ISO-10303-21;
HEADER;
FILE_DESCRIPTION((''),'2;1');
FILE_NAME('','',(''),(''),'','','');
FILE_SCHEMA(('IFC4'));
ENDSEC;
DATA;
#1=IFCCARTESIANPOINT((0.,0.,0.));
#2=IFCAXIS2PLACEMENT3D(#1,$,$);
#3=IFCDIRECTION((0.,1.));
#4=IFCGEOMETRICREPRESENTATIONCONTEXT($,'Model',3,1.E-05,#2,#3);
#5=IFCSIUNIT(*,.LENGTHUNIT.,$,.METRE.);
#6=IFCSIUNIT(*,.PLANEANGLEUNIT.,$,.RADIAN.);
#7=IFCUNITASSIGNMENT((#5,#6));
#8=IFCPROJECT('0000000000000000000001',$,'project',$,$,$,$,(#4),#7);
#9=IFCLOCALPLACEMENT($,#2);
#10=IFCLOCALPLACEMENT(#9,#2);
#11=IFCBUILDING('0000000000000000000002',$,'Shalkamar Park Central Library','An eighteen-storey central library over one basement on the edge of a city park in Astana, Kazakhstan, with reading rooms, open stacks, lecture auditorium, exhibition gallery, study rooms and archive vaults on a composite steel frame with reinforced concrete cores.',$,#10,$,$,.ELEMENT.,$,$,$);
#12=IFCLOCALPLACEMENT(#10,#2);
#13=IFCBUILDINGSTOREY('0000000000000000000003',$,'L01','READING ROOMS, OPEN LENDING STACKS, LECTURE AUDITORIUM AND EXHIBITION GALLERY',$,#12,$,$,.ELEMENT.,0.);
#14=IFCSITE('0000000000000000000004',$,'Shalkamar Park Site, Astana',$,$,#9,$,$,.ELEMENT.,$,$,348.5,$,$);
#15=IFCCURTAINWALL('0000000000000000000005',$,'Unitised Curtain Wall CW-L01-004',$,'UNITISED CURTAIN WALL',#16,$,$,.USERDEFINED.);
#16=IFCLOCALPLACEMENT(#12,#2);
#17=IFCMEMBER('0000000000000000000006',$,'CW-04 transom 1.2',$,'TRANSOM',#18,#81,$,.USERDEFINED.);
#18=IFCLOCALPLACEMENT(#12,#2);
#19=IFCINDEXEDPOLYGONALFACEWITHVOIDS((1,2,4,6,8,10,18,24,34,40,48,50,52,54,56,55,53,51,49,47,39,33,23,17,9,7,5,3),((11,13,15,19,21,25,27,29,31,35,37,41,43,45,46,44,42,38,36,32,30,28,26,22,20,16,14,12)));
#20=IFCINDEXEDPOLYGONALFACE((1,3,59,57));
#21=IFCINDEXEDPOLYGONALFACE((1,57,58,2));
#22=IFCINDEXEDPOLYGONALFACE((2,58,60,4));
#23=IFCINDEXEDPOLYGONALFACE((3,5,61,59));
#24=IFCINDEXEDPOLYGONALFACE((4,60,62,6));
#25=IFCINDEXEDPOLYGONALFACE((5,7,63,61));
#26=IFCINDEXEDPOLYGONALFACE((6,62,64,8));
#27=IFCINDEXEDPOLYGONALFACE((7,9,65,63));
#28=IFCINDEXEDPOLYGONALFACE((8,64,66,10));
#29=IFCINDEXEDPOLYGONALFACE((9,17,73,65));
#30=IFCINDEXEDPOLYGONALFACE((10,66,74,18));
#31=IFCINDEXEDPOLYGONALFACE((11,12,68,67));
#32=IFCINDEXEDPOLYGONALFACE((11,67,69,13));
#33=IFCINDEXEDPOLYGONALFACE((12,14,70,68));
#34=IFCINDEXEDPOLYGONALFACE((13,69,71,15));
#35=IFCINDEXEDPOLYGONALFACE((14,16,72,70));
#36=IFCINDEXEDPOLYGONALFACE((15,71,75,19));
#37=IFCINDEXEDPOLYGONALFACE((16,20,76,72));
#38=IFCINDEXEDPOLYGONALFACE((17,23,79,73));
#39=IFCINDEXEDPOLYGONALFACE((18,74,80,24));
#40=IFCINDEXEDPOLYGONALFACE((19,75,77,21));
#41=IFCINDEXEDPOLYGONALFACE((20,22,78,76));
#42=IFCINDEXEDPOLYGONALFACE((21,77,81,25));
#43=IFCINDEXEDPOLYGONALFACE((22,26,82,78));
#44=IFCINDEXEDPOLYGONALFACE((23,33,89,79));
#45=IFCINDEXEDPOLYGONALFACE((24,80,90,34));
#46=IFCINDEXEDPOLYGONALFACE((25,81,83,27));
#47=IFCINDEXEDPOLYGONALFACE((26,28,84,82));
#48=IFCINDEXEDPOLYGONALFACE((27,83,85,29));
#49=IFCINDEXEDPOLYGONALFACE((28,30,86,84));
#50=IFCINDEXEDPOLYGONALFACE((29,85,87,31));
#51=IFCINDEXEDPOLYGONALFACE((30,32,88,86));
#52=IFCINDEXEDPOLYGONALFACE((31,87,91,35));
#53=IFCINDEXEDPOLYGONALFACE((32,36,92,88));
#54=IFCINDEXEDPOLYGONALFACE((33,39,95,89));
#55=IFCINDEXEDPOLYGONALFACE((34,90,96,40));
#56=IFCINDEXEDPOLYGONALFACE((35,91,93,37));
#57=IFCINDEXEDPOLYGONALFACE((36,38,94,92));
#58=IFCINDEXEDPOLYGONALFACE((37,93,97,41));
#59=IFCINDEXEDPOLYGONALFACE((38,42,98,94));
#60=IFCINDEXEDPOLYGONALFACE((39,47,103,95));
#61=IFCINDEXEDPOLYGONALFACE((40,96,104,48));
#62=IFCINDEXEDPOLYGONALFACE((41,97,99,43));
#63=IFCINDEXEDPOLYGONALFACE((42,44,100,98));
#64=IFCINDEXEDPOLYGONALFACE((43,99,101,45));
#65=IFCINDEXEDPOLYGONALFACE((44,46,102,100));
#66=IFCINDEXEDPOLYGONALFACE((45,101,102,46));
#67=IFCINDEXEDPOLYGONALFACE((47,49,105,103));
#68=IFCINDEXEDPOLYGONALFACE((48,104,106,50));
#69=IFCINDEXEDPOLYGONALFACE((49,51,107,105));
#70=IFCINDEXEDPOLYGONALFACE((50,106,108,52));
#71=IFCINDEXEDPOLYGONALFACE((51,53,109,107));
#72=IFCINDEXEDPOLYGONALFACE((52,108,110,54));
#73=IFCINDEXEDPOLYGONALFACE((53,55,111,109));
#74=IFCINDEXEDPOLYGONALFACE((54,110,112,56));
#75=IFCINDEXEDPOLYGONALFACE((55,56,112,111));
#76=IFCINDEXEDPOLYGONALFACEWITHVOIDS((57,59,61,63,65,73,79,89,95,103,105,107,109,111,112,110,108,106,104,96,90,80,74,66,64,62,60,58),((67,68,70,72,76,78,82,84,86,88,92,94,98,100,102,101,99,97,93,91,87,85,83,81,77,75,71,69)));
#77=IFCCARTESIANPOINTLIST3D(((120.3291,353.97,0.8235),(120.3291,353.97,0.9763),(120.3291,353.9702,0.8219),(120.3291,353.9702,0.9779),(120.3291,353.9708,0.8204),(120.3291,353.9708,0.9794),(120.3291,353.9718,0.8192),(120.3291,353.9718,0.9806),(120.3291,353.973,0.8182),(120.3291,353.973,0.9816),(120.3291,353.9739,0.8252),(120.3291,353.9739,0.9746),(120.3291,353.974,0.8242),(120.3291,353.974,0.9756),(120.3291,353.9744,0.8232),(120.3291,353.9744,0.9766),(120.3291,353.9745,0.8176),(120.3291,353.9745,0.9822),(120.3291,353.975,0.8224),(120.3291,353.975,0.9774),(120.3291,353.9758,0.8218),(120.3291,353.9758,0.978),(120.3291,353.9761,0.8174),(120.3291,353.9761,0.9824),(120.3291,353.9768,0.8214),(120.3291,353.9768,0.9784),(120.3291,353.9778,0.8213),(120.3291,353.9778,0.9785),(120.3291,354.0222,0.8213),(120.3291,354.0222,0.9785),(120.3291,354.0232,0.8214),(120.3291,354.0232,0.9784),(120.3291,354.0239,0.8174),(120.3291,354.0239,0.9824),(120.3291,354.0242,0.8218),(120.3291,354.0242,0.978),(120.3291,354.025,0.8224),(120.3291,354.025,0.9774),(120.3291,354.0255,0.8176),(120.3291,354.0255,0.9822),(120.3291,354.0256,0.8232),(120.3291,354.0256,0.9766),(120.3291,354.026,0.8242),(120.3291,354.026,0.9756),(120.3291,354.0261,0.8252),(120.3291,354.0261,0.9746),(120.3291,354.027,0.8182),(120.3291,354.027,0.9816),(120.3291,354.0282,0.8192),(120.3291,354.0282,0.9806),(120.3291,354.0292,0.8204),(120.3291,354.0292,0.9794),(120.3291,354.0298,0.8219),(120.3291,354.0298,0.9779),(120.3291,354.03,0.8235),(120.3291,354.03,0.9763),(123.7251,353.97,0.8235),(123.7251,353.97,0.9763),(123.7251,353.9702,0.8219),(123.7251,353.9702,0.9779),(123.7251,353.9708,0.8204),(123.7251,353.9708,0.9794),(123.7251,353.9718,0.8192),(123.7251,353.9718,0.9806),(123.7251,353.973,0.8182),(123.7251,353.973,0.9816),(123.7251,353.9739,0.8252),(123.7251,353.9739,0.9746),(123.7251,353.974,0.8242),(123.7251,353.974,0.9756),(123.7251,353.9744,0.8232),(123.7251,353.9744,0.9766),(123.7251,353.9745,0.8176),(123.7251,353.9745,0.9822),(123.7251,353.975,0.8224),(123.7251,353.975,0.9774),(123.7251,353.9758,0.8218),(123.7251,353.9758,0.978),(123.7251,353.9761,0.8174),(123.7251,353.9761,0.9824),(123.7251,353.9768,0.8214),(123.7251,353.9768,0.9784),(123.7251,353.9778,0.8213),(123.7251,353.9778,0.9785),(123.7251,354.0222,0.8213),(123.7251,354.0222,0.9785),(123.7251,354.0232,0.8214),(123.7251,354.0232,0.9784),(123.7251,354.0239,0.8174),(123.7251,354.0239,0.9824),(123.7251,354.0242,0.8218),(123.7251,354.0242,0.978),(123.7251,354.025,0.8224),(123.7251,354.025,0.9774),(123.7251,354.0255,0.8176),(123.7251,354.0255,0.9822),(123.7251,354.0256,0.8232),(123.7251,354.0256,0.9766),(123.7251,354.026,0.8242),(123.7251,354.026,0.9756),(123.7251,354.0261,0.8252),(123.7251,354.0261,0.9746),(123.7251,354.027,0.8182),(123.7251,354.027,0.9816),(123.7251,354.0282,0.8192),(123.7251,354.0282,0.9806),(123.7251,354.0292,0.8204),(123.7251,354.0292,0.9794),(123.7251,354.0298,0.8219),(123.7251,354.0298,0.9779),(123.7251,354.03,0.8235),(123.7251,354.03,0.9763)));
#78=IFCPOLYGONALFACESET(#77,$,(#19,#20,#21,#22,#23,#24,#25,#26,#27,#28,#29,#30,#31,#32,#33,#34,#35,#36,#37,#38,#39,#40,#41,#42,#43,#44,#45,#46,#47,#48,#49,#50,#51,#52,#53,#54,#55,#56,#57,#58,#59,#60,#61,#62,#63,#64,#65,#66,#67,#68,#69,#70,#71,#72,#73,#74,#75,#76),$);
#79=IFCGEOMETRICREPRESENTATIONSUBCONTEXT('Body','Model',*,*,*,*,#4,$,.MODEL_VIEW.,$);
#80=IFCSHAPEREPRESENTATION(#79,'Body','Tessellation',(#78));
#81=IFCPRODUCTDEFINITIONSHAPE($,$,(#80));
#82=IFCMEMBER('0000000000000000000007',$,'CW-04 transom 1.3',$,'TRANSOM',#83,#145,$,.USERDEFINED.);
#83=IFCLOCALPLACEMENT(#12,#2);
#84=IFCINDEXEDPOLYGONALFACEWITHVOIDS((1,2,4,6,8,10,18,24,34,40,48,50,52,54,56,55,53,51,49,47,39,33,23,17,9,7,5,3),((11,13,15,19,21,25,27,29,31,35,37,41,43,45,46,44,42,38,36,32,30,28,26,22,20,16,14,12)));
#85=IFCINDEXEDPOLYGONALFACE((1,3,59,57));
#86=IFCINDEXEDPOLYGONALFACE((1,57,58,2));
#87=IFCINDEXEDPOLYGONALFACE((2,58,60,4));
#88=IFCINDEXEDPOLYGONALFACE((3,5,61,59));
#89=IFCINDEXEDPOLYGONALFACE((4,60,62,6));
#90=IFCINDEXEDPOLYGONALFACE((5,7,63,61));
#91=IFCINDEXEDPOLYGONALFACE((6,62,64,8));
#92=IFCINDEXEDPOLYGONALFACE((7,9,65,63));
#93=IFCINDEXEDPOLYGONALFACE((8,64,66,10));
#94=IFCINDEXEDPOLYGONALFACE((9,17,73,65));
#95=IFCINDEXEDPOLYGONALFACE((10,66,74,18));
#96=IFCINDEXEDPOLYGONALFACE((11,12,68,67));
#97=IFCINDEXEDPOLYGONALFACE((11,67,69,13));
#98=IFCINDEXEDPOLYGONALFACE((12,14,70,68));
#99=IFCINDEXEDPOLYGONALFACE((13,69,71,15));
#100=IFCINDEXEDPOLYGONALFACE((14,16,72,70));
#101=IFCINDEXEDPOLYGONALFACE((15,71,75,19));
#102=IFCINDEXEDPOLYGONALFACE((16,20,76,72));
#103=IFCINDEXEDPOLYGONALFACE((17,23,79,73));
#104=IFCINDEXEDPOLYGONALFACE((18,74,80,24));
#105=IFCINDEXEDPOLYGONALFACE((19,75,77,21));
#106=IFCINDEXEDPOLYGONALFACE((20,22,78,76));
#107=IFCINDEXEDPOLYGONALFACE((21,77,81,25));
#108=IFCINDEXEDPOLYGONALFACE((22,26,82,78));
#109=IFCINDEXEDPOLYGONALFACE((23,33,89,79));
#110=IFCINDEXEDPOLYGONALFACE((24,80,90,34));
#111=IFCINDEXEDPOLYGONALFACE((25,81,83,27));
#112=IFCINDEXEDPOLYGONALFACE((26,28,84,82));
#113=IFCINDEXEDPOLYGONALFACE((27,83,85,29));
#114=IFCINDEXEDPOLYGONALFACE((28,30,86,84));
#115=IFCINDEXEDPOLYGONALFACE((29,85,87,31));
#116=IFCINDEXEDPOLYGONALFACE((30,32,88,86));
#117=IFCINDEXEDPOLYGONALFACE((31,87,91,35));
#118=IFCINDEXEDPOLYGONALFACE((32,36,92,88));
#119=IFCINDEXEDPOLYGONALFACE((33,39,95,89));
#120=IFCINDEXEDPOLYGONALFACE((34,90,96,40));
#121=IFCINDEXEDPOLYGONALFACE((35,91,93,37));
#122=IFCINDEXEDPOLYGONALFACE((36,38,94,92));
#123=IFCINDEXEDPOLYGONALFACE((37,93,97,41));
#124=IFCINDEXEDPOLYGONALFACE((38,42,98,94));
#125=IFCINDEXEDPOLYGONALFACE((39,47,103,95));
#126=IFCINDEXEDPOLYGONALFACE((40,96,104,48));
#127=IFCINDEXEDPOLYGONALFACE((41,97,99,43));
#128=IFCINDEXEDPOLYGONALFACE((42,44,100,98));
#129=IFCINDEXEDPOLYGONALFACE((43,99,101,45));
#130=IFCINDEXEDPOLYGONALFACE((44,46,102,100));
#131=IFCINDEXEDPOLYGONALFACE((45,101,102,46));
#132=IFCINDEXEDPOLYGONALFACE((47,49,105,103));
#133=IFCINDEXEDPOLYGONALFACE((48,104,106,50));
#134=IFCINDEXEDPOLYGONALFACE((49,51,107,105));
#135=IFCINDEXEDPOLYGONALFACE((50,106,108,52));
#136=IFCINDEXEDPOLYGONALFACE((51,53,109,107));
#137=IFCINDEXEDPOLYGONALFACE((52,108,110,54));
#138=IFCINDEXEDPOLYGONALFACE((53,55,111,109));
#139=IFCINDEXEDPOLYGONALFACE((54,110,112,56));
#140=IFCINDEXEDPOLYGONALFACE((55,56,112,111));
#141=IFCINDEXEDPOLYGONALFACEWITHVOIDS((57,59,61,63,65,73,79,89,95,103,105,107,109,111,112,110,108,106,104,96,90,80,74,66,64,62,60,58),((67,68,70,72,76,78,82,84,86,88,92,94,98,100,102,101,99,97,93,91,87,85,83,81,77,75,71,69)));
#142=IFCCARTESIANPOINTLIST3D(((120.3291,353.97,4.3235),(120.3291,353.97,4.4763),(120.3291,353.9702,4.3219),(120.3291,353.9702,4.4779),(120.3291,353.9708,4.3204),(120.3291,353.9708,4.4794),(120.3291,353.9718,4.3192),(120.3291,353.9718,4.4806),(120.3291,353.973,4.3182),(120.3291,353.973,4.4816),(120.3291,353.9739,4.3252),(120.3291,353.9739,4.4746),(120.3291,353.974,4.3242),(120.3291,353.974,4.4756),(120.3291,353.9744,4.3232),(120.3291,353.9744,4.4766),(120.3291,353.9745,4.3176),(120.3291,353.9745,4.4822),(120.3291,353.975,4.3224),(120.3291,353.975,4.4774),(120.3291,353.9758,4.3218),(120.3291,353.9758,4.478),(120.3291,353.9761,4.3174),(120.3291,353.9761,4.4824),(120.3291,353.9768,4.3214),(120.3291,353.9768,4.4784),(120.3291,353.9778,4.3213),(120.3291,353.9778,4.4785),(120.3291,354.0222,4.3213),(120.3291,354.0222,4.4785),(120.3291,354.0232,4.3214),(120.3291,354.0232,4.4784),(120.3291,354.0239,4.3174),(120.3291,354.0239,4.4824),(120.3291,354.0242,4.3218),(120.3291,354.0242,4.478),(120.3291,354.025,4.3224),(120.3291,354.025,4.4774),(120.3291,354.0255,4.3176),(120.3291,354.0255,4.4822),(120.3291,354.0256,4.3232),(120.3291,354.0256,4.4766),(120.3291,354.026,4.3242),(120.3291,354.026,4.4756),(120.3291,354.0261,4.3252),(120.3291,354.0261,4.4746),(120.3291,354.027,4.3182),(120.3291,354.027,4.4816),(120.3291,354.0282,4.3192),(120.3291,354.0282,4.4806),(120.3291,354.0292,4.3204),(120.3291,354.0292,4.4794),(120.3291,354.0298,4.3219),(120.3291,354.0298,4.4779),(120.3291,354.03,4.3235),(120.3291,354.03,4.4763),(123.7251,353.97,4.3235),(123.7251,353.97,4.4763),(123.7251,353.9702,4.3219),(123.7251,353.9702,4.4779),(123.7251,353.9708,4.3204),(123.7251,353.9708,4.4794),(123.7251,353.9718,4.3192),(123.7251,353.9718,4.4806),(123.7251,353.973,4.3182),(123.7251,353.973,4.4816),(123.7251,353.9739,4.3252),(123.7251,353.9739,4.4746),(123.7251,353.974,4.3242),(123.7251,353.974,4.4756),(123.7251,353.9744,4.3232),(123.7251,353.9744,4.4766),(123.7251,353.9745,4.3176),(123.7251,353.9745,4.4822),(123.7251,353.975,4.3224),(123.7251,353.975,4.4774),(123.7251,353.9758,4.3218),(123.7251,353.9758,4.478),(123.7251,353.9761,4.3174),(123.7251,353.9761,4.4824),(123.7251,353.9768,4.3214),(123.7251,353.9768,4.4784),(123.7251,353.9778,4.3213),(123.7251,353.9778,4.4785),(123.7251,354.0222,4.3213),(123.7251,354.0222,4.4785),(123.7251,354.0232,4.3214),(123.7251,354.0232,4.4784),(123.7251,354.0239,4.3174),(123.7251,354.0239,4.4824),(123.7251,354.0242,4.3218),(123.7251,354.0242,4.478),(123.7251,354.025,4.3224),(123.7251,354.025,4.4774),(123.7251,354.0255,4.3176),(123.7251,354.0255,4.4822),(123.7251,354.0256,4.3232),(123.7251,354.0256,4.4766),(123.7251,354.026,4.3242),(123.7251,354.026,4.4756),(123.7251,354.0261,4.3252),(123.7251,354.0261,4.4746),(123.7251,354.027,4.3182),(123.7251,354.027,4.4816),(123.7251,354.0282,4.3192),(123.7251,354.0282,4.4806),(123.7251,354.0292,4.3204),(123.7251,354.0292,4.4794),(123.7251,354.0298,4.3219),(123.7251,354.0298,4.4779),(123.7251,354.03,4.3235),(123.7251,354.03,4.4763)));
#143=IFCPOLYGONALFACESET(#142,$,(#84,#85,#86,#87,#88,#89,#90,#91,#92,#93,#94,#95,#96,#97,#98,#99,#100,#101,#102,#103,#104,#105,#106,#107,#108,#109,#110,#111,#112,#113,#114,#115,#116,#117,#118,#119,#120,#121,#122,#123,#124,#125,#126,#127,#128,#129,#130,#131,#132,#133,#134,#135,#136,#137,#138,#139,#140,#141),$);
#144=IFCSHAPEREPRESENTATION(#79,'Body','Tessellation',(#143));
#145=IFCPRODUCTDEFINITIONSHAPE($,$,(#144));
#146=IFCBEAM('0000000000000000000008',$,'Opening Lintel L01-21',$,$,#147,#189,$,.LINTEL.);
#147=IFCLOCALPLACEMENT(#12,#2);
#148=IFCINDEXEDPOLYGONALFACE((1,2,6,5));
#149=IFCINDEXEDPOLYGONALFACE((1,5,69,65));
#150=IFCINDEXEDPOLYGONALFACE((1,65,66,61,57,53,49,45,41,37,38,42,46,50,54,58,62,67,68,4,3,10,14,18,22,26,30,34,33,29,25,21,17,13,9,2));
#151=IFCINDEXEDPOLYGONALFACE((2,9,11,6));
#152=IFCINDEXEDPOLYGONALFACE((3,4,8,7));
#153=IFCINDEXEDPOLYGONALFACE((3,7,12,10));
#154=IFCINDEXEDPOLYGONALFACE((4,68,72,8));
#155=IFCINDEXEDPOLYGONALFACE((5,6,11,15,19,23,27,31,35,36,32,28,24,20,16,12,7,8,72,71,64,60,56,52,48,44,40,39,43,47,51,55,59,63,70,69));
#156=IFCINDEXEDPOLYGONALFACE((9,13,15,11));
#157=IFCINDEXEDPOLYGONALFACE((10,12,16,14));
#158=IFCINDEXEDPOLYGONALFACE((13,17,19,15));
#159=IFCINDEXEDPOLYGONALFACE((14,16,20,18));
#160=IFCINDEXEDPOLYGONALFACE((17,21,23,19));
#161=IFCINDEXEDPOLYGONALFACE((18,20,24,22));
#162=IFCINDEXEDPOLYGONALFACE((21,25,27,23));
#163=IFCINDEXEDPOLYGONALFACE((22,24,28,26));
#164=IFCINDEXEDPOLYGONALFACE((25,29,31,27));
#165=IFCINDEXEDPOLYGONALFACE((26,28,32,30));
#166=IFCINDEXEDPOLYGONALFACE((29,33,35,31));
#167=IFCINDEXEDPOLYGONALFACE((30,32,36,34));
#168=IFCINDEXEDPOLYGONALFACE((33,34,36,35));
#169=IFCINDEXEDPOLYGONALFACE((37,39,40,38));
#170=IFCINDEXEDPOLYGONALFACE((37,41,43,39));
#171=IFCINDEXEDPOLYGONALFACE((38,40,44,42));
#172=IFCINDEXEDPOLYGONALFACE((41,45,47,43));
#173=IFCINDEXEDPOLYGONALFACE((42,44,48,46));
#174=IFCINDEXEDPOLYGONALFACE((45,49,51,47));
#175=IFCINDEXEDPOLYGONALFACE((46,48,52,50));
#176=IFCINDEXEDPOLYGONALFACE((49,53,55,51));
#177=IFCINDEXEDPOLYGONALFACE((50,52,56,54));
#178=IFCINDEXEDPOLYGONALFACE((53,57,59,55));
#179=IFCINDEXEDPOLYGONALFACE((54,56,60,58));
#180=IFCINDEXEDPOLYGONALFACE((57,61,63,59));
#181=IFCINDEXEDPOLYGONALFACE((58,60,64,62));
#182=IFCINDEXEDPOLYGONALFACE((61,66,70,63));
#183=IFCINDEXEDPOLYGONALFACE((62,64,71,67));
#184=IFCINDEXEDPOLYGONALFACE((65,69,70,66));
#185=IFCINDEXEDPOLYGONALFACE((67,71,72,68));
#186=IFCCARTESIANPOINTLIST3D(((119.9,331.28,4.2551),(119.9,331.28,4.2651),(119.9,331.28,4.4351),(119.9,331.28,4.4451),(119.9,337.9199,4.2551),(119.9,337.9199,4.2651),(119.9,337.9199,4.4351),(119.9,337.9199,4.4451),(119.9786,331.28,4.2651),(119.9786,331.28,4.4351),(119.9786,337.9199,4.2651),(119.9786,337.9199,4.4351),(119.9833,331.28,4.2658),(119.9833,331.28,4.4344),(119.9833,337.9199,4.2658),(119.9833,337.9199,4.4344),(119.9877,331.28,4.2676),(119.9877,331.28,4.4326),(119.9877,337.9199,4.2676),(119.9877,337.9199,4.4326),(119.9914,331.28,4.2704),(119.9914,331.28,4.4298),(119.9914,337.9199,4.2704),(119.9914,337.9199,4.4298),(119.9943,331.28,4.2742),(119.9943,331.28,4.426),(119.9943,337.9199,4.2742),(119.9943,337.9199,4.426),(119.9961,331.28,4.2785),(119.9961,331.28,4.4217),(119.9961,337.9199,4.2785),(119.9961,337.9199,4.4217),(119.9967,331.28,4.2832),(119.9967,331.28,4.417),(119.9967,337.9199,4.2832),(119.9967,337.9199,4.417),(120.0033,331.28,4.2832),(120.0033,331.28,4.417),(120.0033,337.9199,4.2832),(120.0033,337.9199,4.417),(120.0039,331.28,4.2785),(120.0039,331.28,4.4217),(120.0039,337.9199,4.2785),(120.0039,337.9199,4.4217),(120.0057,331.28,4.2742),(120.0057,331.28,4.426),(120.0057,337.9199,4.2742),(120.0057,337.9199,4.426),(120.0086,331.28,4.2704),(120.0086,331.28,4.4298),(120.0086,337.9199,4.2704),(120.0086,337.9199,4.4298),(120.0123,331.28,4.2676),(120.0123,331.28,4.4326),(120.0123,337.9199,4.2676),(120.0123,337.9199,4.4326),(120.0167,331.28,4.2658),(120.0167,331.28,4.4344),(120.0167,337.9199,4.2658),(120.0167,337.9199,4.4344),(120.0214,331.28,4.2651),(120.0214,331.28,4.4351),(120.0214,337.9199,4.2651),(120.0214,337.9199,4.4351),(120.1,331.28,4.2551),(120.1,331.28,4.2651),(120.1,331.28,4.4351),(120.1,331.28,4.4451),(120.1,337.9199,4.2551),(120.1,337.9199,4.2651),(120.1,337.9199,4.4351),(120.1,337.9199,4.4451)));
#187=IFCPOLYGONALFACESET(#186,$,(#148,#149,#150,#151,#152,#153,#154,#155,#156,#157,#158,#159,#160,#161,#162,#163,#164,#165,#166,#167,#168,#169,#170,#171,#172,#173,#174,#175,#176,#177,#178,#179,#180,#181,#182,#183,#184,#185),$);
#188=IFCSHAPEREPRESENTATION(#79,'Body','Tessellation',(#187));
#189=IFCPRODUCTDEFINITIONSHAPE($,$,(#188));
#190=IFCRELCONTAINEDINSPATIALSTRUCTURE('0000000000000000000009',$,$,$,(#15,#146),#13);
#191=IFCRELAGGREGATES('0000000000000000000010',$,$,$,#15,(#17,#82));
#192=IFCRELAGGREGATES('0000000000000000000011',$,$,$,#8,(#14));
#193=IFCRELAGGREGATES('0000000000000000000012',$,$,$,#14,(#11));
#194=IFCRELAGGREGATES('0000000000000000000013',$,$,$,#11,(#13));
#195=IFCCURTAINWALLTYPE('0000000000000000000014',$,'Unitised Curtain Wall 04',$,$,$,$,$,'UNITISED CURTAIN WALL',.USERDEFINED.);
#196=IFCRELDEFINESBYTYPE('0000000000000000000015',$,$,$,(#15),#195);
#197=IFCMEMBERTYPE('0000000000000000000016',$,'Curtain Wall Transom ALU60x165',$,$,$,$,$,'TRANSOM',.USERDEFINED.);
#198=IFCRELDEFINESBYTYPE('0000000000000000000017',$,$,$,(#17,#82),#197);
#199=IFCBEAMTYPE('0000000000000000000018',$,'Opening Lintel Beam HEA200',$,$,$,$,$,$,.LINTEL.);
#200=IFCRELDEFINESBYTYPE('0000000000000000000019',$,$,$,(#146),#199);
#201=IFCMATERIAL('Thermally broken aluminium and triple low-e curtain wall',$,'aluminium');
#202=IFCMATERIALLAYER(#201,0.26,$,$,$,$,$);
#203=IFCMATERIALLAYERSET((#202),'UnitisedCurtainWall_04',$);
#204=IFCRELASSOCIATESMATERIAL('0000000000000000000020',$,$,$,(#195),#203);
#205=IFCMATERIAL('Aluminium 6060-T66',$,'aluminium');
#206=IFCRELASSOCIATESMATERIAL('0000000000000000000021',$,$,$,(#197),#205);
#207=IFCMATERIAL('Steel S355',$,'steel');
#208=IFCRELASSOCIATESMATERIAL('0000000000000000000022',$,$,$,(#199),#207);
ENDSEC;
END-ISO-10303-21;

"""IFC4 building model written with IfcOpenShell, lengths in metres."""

from ifc_helpers import new_model, si_unit, direction, frame, origin, origin_2d, place, context, subcontext, project, spatial, hollow_rectangle, i_section, extrude, material, layer, layer_set, material_profile, profile_set, type_object, element, aggregate, save


model = new_model("IFC4")

# Units and contexts
model_context = context("Model", 3, precision=1e-05, world=origin(), true_north=direction((0.0, 1.0)))
body_context = subcontext(model_context, "Body", "Model", "MODEL_VIEW")
ifc_project = project(units=[si_unit("LENGTHUNIT", "METRE"), si_unit("PLANEANGLEUNIT", "RADIAN")], contexts=[model_context])

# Site, building, storey
site_placement = place(None, origin())
site = spatial("IfcSite", under=ifc_project, at=site_placement, Name="Shalkamar Park Site, Astana", CompositionType="ELEMENT", RefElevation=348.5)
building_placement = place(site_placement, origin())
building = spatial("IfcBuilding", under=site, at=building_placement, Name="Shalkamar Park Central Library", Description="An eighteen-storey central library over one basement on the edge of a city park in Astana, Kazakhstan, with reading rooms, open stacks, lecture auditorium, exhibition gallery, study rooms and archive vaults on a composite steel frame with reinforced concrete cores.", CompositionType="ELEMENT")
storey_placement = place(building_placement, origin())
storey = spatial("IfcBuildingStorey", under=building, at=storey_placement, Name="L01", Description="READING ROOMS, OPEN LENDING STACKS, LECTURE AUDITORIUM AND EXHIBITION GALLERY", CompositionType="ELEMENT", Elevation=0.0)

# Shared definitions
ifc_material_1 = material(Name="Steel S355", Category="steel")

# Curtain wall, members
ifc_material_2 = material(Name="Thermally broken aluminium and triple low-e curtain wall", Category="aluminium")
ifc_layer_1 = layer(ifc_material_2, 0.26)
ifc_layer_set_1 = layer_set([ifc_layer_1], Name="UnitisedCurtainWall_04")
curtain_wall_type = type_object("IfcCurtainWallType", Name="Unitised Curtain Wall 04", ElementType="UNITISED CURTAIN WALL", PredefinedType="USERDEFINED", material=ifc_layer_set_1)
curtain_wall_placement = place(storey_placement, origin())
curtain_wall = element("IfcCurtainWall", 1, at=curtain_wall_placement, inside=storey, type_object=curtain_wall_type, Name="Unitised Curtain Wall CW-L01-004", ObjectType="UNITISED CURTAIN WALL", PredefinedType="USERDEFINED")
ifc_material_3 = material(Name="Aluminium 6060-T66", Category="aluminium")
ifc_material_profile_1 = material_profile(ifc_material_3, hollow_rectangle(XDim=0.0601, YDim=0.165, WallThickness=0.0039, InnerFilletRadius=0.0039, OuterFilletRadius=0.0061, at=origin_2d()), Name="ALU 60x165x4")
ifc_profile_set_1 = profile_set([ifc_material_profile_1], Name="Aluminium 6060-T66")
member_type_1 = type_object("IfcMemberType", Name="Curtain Wall Transom ALU60x165", ElementType="TRANSOM", PredefinedType="USERDEFINED", material=ifc_profile_set_1)
member_1_placement = place(storey_placement, frame((120.3291, 354.0, 0.8999), z_axis=(1.0, 0.0, 0.0), x_axis=(0.0, 1.0, 0.0)))
member_1 = element("IfcMember", 2, at=member_1_placement, type_object=member_type_1, Name="CW-04 transom 1.2", ObjectType="TRANSOM", PredefinedType="USERDEFINED", context=body_context, shape_type="SweptSolid", body=[
    extrude(hollow_rectangle(XDim=0.0601, YDim=0.165, WallThickness=0.0039, InnerFilletRadius=0.0039, OuterFilletRadius=0.0061, at=origin_2d()), origin(), (0.0, 0.0, 1.0), 3.396),
])
member_2_placement = place(storey_placement, frame((120.3291, 354.0, 4.3999), z_axis=(1.0, 0.0, 0.0), x_axis=(0.0, 1.0, 0.0)))
member_2 = element("IfcMember", 3, at=member_2_placement, type_object=member_type_1, Name="CW-04 transom 1.3", ObjectType="TRANSOM", PredefinedType="USERDEFINED", context=body_context, shape_type="SweptSolid", body=[
    extrude(hollow_rectangle(XDim=0.0601, YDim=0.165, WallThickness=0.0039, InnerFilletRadius=0.0039, OuterFilletRadius=0.0061, at=origin_2d()), origin(), (0.0, 0.0, 1.0), 3.396),
])
aggregate(curtain_wall, [member_1, member_2])

# Beam
ifc_material_profile_2 = material_profile(ifc_material_1, i_section(OverallWidth=0.2, OverallDepth=0.1899, WebThickness=0.0066, FlangeThickness=0.01, FilletRadius=0.0181, at=origin_2d()), Name="HEA 200")
ifc_profile_set_2 = profile_set([ifc_material_profile_2], Name="Steel S355")
beam_type_1 = type_object("IfcBeamType", Name="Opening Lintel Beam HEA200", PredefinedType="LINTEL", material=ifc_profile_set_2)
beam_1_placement = place(storey_placement, frame((120.0, 331.28, 4.3501), z_axis=(0.0, 1.0, 0.0), x_axis=(-1.0, 0.0, 0.0)))
element("IfcBeam", 4, at=beam_1_placement, inside=storey, type_object=beam_type_1, Name="Opening Lintel L01-21", PredefinedType="LINTEL", context=body_context, shape_type="SweptSolid", body=[
    extrude(i_section(OverallWidth=0.2, OverallDepth=0.1899, WebThickness=0.0066, FlangeThickness=0.01, FilletRadius=0.0181, at=origin_2d()), origin(), (0.0, 0.0, 1.0), 6.6399),
])

save(model, "model.ifc")
